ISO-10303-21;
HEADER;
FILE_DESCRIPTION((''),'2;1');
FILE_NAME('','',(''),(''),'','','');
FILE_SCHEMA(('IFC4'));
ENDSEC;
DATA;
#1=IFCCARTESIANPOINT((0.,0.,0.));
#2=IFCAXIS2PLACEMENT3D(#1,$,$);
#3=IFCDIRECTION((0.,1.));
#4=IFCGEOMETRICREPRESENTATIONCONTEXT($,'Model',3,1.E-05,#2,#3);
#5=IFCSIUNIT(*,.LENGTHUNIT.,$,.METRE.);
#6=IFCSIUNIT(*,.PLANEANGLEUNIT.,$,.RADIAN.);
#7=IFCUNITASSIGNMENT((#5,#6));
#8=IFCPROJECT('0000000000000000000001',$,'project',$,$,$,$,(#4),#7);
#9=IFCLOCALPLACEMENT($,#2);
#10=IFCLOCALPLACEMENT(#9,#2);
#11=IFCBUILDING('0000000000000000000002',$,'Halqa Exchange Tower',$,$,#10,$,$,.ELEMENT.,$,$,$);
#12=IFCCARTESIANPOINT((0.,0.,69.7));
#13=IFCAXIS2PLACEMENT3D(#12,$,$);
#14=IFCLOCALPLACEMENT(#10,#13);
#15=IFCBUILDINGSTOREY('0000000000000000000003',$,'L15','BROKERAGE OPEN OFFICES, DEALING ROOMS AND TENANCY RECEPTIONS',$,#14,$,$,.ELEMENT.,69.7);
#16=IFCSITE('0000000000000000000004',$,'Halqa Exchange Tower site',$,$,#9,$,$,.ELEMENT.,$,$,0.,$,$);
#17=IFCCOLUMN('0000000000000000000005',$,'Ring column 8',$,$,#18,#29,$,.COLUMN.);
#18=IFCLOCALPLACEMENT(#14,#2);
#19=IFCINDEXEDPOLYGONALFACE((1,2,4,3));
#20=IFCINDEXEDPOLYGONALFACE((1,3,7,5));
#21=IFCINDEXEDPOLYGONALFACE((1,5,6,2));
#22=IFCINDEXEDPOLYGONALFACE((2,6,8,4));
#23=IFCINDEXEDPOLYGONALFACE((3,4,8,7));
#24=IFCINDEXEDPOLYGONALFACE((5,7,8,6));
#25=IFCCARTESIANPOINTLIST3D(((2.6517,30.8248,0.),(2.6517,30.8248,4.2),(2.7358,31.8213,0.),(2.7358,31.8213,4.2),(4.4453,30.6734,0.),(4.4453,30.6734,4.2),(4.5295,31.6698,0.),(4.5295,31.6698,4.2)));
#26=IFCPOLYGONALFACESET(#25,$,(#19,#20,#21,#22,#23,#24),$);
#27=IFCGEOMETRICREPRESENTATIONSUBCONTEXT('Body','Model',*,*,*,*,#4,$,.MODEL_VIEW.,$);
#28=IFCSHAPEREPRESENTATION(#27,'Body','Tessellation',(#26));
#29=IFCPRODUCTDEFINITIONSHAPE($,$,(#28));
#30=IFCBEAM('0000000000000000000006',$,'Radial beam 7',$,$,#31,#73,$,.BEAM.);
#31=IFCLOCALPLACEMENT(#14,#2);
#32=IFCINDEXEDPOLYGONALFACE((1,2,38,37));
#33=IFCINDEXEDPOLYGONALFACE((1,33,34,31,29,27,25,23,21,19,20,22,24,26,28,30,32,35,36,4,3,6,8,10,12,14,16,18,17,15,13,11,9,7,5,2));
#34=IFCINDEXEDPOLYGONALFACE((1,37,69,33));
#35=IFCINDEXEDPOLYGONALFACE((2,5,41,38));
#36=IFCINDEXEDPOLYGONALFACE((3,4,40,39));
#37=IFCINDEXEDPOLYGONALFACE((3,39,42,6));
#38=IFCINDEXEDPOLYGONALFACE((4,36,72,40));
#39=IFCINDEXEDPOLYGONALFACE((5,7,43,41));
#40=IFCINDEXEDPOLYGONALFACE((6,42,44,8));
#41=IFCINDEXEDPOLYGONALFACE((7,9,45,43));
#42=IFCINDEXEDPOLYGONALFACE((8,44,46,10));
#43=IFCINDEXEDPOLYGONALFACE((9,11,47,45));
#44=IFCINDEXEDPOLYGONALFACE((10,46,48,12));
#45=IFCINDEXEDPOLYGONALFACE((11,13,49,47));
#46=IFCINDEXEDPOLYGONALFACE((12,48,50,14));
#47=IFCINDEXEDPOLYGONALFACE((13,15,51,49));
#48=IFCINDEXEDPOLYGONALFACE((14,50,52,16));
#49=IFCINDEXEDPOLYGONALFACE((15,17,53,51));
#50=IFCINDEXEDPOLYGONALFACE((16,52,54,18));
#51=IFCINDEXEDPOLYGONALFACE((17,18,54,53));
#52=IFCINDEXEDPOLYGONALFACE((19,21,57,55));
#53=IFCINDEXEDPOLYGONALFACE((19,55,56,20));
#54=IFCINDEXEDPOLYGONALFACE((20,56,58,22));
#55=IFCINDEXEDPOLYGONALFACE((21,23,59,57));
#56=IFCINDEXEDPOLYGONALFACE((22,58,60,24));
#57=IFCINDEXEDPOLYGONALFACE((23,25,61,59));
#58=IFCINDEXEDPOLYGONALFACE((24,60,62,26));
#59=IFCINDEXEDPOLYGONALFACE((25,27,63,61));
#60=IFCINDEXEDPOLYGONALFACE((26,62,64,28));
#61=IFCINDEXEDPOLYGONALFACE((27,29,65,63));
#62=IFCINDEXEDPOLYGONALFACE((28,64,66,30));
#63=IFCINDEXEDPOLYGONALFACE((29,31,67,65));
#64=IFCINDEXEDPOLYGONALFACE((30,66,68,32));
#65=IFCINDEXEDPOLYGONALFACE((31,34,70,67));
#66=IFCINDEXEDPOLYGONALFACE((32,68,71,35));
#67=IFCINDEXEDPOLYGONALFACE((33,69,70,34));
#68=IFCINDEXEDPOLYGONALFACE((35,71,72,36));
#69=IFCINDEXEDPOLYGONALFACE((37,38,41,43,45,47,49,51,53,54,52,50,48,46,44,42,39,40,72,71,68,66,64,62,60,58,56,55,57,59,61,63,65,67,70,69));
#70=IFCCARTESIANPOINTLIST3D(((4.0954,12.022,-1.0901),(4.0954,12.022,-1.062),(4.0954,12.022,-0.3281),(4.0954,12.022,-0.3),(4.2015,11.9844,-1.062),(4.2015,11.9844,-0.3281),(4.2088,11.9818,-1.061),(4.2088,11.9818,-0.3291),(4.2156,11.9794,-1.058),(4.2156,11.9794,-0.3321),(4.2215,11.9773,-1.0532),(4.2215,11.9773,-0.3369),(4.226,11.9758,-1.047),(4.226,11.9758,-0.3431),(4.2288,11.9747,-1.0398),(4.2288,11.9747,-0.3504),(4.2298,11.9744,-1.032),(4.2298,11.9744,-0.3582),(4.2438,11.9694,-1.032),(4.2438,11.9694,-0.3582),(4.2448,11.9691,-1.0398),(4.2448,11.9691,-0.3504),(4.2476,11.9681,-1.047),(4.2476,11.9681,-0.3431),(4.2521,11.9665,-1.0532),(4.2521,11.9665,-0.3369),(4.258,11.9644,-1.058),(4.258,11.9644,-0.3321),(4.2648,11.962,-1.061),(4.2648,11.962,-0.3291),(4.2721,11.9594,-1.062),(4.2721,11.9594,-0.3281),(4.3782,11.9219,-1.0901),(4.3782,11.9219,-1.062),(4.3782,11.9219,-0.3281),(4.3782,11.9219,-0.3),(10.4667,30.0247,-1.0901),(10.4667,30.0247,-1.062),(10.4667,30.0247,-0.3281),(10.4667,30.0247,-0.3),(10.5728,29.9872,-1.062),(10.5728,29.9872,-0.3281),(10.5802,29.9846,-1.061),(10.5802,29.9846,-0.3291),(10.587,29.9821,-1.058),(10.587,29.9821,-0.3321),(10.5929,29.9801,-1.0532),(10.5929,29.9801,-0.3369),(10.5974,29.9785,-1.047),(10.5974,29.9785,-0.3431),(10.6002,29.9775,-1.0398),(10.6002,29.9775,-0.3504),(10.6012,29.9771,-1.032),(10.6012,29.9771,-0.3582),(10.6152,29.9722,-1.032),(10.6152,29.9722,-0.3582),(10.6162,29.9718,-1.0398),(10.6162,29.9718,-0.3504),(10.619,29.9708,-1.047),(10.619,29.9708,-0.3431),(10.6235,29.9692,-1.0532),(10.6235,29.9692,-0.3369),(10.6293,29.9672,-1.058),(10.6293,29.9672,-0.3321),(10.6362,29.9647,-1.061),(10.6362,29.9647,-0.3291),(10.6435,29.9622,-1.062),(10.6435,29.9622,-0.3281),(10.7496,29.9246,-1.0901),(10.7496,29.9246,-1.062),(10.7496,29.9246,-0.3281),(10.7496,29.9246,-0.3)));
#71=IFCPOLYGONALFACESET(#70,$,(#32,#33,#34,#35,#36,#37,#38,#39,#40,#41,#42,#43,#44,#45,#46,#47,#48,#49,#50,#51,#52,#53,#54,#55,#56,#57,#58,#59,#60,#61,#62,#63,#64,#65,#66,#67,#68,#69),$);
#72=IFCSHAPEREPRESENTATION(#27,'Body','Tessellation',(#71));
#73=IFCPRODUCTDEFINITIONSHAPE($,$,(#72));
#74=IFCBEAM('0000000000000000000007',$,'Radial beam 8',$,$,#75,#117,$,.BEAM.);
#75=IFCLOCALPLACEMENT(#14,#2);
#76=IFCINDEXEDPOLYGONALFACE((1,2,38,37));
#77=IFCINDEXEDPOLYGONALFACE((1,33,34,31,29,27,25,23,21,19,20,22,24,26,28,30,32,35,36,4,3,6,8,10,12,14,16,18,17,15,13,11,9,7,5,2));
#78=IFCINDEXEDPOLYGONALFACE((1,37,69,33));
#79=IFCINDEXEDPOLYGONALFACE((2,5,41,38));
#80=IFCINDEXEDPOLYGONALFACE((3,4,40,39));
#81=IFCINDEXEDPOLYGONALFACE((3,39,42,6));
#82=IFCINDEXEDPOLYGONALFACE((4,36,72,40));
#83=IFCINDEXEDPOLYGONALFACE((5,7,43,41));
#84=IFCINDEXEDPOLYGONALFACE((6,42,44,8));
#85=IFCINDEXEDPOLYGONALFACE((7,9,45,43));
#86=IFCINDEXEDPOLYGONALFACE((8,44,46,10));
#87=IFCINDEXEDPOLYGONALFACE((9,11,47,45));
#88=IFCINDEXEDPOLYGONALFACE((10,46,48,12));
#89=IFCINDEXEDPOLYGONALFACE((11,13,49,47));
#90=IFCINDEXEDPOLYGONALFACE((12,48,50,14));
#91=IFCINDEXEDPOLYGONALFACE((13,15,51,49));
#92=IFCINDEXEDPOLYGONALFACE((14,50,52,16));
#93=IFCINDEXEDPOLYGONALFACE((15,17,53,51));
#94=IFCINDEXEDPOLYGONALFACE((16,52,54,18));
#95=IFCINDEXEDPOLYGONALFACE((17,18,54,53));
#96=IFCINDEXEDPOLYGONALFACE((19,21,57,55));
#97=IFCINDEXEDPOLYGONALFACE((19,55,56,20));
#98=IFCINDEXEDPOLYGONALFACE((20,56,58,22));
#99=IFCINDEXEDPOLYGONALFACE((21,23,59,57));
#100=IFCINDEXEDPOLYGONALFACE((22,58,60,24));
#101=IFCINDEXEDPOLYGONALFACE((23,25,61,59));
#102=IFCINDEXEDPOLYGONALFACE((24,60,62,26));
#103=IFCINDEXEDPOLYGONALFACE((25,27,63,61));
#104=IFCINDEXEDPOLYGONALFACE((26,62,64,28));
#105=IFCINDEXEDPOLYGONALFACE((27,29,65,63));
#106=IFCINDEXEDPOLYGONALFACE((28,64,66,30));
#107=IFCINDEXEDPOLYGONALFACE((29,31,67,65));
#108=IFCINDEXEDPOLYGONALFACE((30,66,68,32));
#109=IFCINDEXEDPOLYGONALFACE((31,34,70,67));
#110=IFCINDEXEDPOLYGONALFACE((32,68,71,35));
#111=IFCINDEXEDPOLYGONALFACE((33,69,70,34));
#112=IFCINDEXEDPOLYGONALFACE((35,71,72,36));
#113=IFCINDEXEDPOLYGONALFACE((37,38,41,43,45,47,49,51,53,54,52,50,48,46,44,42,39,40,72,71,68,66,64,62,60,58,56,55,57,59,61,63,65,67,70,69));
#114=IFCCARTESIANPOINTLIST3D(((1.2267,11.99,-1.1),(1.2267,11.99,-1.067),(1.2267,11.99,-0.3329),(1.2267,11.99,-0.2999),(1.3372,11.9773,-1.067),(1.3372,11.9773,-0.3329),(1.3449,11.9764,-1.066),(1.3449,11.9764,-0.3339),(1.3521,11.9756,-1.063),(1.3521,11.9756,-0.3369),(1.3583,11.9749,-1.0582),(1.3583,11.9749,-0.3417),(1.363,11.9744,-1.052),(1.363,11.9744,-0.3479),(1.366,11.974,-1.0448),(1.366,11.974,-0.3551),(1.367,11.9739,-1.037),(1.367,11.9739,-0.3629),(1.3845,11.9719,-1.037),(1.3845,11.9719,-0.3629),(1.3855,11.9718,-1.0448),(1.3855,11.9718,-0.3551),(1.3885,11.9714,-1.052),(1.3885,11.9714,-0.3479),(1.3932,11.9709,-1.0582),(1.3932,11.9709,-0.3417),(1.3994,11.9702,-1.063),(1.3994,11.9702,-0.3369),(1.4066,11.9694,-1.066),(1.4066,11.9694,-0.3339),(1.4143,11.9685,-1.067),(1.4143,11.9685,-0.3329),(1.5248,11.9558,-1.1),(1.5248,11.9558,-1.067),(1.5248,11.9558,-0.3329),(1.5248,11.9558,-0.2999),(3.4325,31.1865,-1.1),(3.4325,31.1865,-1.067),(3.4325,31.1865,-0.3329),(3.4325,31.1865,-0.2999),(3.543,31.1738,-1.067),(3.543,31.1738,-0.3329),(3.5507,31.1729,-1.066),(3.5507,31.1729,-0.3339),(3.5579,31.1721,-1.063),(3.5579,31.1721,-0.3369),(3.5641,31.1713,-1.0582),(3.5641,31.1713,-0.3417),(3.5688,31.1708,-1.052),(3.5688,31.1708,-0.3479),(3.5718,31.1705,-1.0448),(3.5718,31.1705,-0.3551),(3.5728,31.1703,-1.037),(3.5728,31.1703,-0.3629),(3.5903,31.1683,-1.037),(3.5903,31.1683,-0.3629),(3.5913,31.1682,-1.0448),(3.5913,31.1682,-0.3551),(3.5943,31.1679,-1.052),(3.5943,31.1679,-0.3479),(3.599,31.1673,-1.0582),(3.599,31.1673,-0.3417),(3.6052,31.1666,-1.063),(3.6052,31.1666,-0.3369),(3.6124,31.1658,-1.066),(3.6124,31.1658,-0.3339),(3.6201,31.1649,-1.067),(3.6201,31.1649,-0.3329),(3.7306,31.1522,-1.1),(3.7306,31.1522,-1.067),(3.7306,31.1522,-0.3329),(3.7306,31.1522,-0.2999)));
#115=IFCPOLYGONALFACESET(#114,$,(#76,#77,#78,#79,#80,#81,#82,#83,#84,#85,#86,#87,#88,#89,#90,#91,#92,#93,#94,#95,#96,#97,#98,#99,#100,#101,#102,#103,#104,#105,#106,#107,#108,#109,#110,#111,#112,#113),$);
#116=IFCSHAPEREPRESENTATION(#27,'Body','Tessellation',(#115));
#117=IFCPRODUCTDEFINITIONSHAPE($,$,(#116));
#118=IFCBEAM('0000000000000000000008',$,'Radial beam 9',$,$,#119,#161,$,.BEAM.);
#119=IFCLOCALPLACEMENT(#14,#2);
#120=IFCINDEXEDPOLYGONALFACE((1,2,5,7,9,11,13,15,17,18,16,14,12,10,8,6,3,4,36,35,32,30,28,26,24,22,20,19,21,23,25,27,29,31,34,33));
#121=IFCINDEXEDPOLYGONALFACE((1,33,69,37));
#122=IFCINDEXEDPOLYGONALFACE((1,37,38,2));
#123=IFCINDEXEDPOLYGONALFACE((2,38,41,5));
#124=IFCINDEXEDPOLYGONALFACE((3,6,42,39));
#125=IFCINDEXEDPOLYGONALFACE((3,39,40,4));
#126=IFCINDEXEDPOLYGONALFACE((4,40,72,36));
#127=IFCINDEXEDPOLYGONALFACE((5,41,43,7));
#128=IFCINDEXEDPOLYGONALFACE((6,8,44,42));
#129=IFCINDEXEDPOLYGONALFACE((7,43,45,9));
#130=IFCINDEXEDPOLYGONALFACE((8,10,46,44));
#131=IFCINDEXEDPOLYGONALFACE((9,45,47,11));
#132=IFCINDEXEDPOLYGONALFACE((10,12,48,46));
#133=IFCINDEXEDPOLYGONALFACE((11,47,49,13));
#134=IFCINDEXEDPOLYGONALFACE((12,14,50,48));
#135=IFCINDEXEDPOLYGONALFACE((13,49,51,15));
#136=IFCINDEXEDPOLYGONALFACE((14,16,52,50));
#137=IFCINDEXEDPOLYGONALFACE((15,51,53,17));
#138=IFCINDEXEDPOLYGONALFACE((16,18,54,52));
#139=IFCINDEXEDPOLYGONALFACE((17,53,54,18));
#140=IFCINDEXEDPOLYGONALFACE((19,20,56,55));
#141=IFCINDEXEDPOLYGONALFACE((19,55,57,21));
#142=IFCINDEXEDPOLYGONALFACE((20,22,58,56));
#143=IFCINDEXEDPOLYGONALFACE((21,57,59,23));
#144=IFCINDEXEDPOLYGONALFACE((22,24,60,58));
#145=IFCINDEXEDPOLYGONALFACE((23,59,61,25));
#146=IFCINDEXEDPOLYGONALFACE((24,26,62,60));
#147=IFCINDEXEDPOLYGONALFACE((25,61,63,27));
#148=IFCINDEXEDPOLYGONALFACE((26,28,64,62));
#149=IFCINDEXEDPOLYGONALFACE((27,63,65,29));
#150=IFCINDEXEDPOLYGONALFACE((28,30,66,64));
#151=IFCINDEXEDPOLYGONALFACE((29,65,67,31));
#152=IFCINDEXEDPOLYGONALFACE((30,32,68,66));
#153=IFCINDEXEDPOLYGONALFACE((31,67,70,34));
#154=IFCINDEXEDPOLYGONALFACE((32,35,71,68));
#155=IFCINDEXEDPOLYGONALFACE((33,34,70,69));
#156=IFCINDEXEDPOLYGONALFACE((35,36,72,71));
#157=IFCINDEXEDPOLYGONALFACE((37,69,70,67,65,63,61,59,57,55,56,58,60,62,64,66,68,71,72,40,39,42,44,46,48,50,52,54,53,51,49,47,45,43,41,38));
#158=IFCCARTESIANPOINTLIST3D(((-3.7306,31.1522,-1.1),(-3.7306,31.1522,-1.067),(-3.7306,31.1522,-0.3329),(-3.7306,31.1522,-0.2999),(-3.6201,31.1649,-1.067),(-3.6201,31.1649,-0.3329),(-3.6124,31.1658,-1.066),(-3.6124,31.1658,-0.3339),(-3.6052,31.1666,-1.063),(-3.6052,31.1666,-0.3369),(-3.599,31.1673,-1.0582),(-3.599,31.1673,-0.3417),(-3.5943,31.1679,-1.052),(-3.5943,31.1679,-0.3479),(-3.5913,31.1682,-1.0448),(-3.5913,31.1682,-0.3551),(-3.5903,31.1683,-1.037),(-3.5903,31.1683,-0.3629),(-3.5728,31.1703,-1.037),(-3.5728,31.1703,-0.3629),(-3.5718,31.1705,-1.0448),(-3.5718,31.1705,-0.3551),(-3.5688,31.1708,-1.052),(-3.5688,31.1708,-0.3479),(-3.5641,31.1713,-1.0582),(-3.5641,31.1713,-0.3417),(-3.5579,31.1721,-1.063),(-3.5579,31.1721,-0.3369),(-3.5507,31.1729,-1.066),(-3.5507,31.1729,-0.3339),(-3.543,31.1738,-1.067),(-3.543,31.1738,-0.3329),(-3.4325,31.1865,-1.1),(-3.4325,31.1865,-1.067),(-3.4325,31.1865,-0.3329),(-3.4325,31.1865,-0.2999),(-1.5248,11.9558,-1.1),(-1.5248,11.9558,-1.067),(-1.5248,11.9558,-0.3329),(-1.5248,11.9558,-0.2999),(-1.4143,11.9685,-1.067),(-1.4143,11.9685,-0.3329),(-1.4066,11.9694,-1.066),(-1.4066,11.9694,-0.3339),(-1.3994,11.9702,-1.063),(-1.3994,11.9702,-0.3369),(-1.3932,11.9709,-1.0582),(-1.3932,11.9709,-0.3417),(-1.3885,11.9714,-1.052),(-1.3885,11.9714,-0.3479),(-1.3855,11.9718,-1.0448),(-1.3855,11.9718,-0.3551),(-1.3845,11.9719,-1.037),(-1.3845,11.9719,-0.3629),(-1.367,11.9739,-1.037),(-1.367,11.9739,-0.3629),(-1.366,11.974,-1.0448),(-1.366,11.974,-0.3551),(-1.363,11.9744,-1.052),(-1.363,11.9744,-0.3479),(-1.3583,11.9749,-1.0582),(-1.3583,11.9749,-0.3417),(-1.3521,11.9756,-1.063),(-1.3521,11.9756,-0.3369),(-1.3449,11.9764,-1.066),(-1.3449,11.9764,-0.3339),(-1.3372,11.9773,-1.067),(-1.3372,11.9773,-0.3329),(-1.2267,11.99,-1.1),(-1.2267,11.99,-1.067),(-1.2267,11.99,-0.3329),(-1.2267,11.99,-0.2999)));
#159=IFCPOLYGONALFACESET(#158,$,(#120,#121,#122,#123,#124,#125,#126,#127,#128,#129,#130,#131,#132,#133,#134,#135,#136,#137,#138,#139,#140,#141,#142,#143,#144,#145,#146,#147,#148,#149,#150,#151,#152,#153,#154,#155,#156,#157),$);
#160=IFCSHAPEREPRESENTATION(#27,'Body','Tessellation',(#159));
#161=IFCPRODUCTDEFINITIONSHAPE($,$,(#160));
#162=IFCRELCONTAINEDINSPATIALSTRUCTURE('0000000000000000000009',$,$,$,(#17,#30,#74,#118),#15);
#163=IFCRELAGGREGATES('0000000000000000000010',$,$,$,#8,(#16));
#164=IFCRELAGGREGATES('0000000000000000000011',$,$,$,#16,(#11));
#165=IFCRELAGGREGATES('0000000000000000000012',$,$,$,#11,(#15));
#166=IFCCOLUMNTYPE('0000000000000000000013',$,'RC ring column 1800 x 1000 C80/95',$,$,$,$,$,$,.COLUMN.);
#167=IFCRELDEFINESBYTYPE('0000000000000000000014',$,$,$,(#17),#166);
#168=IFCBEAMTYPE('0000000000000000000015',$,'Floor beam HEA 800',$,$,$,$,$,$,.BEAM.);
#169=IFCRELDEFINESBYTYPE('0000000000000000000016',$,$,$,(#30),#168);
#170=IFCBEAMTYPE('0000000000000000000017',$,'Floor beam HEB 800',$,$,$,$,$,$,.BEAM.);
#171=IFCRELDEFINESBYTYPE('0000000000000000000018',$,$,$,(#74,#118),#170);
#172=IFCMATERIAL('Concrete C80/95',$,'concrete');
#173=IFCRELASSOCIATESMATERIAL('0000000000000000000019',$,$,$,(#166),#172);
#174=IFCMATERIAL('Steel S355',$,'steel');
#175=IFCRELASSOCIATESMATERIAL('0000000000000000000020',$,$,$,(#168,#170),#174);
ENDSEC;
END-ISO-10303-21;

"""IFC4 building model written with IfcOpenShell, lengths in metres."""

from ifc_helpers import new_model, si_unit, direction, frame, origin, origin_2d, place, context, subcontext, project, spatial, rectangle, i_section, extrude, material, material_profile, profile_set, type_object, element, save


model = new_model("IFC4")

# Units and contexts
model_context = context("Model", 3, precision=1e-05, world=origin(), true_north=direction((0.0, 1.0)))
body_context = subcontext(model_context, "Body", "Model", "MODEL_VIEW")
ifc_project = project(units=[si_unit("LENGTHUNIT", "METRE"), si_unit("PLANEANGLEUNIT", "RADIAN")], contexts=[model_context])

# Site, building, storey
site_placement = place(None, origin())
site = spatial("IfcSite", under=ifc_project, at=site_placement, Name="Halqa Exchange Tower site", CompositionType="ELEMENT", RefElevation=0.0)
building_placement = place(site_placement, origin())
building = spatial("IfcBuilding", under=site, at=building_placement, Name="Halqa Exchange Tower", CompositionType="ELEMENT")
storey_placement = place(building_placement, frame((0.0, 0.0, 69.7)))
storey = spatial("IfcBuildingStorey", under=building, at=storey_placement, Name="L15", Description="BROKERAGE OPEN OFFICES, DEALING ROOMS AND TENANCY RECEPTIONS", CompositionType="ELEMENT", Elevation=69.7)

# Column
ifc_material_1 = material(Name="Concrete C80/95", Category="concrete")
ifc_material_profile_1 = material_profile(ifc_material_1, rectangle(XDim=1.8, YDim=1.0, at=origin_2d()), Name="1800 x 1000")
ifc_profile_set_1 = profile_set([ifc_material_profile_1], Name="Concrete C80/95")
column_type = type_object("IfcColumnType", Name="RC ring column 1800 x 1000 C80/95", PredefinedType="COLUMN", material=ifc_profile_set_1)
column_placement = place(storey_placement, frame((3.5906, 31.2473, 0.0), z_axis=(0.0, 0.0, 1.0), x_axis=(-0.996456, 0.084121, 0.0)))
element("IfcColumn", 1, at=column_placement, inside=storey, type_object=column_type, Name="Ring column 8", PredefinedType="COLUMN", context=body_context, shape_type="SweptSolid", body=[
    extrude(rectangle(XDim=1.8, YDim=1.0, at=origin_2d()), origin(), (0.0, 0.0, 1.0), 4.2),
])

# Beams
ifc_material_2 = material(Name="Steel S355", Category="steel")
ifc_material_profile_2 = material_profile(ifc_material_2, i_section(OverallWidth=0.3, OverallDepth=0.79, WebThickness=0.0149, FlangeThickness=0.0281, FilletRadius=0.03, at=origin_2d()), Name="HEA 800")
ifc_profile_set_2 = profile_set([ifc_material_profile_2], Name="Steel S355")
beam_type_1 = type_object("IfcBeamType", Name="Floor beam HEA 800", PredefinedType="BEAM", material=ifc_profile_set_2)
beam_1_placement = place(storey_placement, frame((4.2368, 11.9719, -0.6951), z_axis=(0.333632, 0.942703, 0.0), x_axis=(-0.942703, 0.333632, 0.0)))
element("IfcBeam", 2, at=beam_1_placement, inside=storey, type_object=beam_type_1, Name="Radial beam 7", PredefinedType="BEAM", context=body_context, shape_type="SweptSolid", body=[
    extrude(i_section(OverallWidth=0.3, OverallDepth=0.79, WebThickness=0.0149, FlangeThickness=0.0281, FilletRadius=0.03, at=origin_2d()), origin(), (0.0, 0.0, 1.0), 19.0969),
])
ifc_material_profile_3 = material_profile(ifc_material_2, i_section(OverallWidth=0.3, OverallDepth=0.8, WebThickness=0.0176, FlangeThickness=0.033, FilletRadius=0.03, at=origin_2d()), Name="HEB 800")
ifc_profile_set_3 = profile_set([ifc_material_profile_3], Name="Steel S355")
beam_type_2 = type_object("IfcBeamType", Name="Floor beam HEB 800", PredefinedType="BEAM", material=ifc_profile_set_3)
for number, where, z_axis, x_axis, name in (
    (3, (1.3757, 11.9729, -0.7), (0.114156, 0.993463, 0.0), (-0.993463, 0.114156, 0.0), "Radial beam 8"),
    (4, (-1.3757, 11.9729, -0.7), (-0.114156, 0.993463, 0.0), (-0.993463, -0.114156, 0.0), "Radial beam 9"),
):
    element("IfcBeam", number, at=place(storey_placement, frame(where, z_axis=z_axis, x_axis=x_axis)), inside=storey, type_object=beam_type_2, Name=name, PredefinedType="BEAM", context=body_context, shape_type="SweptSolid", body=[
        extrude(i_section(OverallWidth=0.3, OverallDepth=0.8, WebThickness=0.0176, FlangeThickness=0.033, FilletRadius=0.03, at=origin_2d()), origin(), (0.0, 0.0, 1.0), 19.3228),
    ])

save(model, "model.ifc")
